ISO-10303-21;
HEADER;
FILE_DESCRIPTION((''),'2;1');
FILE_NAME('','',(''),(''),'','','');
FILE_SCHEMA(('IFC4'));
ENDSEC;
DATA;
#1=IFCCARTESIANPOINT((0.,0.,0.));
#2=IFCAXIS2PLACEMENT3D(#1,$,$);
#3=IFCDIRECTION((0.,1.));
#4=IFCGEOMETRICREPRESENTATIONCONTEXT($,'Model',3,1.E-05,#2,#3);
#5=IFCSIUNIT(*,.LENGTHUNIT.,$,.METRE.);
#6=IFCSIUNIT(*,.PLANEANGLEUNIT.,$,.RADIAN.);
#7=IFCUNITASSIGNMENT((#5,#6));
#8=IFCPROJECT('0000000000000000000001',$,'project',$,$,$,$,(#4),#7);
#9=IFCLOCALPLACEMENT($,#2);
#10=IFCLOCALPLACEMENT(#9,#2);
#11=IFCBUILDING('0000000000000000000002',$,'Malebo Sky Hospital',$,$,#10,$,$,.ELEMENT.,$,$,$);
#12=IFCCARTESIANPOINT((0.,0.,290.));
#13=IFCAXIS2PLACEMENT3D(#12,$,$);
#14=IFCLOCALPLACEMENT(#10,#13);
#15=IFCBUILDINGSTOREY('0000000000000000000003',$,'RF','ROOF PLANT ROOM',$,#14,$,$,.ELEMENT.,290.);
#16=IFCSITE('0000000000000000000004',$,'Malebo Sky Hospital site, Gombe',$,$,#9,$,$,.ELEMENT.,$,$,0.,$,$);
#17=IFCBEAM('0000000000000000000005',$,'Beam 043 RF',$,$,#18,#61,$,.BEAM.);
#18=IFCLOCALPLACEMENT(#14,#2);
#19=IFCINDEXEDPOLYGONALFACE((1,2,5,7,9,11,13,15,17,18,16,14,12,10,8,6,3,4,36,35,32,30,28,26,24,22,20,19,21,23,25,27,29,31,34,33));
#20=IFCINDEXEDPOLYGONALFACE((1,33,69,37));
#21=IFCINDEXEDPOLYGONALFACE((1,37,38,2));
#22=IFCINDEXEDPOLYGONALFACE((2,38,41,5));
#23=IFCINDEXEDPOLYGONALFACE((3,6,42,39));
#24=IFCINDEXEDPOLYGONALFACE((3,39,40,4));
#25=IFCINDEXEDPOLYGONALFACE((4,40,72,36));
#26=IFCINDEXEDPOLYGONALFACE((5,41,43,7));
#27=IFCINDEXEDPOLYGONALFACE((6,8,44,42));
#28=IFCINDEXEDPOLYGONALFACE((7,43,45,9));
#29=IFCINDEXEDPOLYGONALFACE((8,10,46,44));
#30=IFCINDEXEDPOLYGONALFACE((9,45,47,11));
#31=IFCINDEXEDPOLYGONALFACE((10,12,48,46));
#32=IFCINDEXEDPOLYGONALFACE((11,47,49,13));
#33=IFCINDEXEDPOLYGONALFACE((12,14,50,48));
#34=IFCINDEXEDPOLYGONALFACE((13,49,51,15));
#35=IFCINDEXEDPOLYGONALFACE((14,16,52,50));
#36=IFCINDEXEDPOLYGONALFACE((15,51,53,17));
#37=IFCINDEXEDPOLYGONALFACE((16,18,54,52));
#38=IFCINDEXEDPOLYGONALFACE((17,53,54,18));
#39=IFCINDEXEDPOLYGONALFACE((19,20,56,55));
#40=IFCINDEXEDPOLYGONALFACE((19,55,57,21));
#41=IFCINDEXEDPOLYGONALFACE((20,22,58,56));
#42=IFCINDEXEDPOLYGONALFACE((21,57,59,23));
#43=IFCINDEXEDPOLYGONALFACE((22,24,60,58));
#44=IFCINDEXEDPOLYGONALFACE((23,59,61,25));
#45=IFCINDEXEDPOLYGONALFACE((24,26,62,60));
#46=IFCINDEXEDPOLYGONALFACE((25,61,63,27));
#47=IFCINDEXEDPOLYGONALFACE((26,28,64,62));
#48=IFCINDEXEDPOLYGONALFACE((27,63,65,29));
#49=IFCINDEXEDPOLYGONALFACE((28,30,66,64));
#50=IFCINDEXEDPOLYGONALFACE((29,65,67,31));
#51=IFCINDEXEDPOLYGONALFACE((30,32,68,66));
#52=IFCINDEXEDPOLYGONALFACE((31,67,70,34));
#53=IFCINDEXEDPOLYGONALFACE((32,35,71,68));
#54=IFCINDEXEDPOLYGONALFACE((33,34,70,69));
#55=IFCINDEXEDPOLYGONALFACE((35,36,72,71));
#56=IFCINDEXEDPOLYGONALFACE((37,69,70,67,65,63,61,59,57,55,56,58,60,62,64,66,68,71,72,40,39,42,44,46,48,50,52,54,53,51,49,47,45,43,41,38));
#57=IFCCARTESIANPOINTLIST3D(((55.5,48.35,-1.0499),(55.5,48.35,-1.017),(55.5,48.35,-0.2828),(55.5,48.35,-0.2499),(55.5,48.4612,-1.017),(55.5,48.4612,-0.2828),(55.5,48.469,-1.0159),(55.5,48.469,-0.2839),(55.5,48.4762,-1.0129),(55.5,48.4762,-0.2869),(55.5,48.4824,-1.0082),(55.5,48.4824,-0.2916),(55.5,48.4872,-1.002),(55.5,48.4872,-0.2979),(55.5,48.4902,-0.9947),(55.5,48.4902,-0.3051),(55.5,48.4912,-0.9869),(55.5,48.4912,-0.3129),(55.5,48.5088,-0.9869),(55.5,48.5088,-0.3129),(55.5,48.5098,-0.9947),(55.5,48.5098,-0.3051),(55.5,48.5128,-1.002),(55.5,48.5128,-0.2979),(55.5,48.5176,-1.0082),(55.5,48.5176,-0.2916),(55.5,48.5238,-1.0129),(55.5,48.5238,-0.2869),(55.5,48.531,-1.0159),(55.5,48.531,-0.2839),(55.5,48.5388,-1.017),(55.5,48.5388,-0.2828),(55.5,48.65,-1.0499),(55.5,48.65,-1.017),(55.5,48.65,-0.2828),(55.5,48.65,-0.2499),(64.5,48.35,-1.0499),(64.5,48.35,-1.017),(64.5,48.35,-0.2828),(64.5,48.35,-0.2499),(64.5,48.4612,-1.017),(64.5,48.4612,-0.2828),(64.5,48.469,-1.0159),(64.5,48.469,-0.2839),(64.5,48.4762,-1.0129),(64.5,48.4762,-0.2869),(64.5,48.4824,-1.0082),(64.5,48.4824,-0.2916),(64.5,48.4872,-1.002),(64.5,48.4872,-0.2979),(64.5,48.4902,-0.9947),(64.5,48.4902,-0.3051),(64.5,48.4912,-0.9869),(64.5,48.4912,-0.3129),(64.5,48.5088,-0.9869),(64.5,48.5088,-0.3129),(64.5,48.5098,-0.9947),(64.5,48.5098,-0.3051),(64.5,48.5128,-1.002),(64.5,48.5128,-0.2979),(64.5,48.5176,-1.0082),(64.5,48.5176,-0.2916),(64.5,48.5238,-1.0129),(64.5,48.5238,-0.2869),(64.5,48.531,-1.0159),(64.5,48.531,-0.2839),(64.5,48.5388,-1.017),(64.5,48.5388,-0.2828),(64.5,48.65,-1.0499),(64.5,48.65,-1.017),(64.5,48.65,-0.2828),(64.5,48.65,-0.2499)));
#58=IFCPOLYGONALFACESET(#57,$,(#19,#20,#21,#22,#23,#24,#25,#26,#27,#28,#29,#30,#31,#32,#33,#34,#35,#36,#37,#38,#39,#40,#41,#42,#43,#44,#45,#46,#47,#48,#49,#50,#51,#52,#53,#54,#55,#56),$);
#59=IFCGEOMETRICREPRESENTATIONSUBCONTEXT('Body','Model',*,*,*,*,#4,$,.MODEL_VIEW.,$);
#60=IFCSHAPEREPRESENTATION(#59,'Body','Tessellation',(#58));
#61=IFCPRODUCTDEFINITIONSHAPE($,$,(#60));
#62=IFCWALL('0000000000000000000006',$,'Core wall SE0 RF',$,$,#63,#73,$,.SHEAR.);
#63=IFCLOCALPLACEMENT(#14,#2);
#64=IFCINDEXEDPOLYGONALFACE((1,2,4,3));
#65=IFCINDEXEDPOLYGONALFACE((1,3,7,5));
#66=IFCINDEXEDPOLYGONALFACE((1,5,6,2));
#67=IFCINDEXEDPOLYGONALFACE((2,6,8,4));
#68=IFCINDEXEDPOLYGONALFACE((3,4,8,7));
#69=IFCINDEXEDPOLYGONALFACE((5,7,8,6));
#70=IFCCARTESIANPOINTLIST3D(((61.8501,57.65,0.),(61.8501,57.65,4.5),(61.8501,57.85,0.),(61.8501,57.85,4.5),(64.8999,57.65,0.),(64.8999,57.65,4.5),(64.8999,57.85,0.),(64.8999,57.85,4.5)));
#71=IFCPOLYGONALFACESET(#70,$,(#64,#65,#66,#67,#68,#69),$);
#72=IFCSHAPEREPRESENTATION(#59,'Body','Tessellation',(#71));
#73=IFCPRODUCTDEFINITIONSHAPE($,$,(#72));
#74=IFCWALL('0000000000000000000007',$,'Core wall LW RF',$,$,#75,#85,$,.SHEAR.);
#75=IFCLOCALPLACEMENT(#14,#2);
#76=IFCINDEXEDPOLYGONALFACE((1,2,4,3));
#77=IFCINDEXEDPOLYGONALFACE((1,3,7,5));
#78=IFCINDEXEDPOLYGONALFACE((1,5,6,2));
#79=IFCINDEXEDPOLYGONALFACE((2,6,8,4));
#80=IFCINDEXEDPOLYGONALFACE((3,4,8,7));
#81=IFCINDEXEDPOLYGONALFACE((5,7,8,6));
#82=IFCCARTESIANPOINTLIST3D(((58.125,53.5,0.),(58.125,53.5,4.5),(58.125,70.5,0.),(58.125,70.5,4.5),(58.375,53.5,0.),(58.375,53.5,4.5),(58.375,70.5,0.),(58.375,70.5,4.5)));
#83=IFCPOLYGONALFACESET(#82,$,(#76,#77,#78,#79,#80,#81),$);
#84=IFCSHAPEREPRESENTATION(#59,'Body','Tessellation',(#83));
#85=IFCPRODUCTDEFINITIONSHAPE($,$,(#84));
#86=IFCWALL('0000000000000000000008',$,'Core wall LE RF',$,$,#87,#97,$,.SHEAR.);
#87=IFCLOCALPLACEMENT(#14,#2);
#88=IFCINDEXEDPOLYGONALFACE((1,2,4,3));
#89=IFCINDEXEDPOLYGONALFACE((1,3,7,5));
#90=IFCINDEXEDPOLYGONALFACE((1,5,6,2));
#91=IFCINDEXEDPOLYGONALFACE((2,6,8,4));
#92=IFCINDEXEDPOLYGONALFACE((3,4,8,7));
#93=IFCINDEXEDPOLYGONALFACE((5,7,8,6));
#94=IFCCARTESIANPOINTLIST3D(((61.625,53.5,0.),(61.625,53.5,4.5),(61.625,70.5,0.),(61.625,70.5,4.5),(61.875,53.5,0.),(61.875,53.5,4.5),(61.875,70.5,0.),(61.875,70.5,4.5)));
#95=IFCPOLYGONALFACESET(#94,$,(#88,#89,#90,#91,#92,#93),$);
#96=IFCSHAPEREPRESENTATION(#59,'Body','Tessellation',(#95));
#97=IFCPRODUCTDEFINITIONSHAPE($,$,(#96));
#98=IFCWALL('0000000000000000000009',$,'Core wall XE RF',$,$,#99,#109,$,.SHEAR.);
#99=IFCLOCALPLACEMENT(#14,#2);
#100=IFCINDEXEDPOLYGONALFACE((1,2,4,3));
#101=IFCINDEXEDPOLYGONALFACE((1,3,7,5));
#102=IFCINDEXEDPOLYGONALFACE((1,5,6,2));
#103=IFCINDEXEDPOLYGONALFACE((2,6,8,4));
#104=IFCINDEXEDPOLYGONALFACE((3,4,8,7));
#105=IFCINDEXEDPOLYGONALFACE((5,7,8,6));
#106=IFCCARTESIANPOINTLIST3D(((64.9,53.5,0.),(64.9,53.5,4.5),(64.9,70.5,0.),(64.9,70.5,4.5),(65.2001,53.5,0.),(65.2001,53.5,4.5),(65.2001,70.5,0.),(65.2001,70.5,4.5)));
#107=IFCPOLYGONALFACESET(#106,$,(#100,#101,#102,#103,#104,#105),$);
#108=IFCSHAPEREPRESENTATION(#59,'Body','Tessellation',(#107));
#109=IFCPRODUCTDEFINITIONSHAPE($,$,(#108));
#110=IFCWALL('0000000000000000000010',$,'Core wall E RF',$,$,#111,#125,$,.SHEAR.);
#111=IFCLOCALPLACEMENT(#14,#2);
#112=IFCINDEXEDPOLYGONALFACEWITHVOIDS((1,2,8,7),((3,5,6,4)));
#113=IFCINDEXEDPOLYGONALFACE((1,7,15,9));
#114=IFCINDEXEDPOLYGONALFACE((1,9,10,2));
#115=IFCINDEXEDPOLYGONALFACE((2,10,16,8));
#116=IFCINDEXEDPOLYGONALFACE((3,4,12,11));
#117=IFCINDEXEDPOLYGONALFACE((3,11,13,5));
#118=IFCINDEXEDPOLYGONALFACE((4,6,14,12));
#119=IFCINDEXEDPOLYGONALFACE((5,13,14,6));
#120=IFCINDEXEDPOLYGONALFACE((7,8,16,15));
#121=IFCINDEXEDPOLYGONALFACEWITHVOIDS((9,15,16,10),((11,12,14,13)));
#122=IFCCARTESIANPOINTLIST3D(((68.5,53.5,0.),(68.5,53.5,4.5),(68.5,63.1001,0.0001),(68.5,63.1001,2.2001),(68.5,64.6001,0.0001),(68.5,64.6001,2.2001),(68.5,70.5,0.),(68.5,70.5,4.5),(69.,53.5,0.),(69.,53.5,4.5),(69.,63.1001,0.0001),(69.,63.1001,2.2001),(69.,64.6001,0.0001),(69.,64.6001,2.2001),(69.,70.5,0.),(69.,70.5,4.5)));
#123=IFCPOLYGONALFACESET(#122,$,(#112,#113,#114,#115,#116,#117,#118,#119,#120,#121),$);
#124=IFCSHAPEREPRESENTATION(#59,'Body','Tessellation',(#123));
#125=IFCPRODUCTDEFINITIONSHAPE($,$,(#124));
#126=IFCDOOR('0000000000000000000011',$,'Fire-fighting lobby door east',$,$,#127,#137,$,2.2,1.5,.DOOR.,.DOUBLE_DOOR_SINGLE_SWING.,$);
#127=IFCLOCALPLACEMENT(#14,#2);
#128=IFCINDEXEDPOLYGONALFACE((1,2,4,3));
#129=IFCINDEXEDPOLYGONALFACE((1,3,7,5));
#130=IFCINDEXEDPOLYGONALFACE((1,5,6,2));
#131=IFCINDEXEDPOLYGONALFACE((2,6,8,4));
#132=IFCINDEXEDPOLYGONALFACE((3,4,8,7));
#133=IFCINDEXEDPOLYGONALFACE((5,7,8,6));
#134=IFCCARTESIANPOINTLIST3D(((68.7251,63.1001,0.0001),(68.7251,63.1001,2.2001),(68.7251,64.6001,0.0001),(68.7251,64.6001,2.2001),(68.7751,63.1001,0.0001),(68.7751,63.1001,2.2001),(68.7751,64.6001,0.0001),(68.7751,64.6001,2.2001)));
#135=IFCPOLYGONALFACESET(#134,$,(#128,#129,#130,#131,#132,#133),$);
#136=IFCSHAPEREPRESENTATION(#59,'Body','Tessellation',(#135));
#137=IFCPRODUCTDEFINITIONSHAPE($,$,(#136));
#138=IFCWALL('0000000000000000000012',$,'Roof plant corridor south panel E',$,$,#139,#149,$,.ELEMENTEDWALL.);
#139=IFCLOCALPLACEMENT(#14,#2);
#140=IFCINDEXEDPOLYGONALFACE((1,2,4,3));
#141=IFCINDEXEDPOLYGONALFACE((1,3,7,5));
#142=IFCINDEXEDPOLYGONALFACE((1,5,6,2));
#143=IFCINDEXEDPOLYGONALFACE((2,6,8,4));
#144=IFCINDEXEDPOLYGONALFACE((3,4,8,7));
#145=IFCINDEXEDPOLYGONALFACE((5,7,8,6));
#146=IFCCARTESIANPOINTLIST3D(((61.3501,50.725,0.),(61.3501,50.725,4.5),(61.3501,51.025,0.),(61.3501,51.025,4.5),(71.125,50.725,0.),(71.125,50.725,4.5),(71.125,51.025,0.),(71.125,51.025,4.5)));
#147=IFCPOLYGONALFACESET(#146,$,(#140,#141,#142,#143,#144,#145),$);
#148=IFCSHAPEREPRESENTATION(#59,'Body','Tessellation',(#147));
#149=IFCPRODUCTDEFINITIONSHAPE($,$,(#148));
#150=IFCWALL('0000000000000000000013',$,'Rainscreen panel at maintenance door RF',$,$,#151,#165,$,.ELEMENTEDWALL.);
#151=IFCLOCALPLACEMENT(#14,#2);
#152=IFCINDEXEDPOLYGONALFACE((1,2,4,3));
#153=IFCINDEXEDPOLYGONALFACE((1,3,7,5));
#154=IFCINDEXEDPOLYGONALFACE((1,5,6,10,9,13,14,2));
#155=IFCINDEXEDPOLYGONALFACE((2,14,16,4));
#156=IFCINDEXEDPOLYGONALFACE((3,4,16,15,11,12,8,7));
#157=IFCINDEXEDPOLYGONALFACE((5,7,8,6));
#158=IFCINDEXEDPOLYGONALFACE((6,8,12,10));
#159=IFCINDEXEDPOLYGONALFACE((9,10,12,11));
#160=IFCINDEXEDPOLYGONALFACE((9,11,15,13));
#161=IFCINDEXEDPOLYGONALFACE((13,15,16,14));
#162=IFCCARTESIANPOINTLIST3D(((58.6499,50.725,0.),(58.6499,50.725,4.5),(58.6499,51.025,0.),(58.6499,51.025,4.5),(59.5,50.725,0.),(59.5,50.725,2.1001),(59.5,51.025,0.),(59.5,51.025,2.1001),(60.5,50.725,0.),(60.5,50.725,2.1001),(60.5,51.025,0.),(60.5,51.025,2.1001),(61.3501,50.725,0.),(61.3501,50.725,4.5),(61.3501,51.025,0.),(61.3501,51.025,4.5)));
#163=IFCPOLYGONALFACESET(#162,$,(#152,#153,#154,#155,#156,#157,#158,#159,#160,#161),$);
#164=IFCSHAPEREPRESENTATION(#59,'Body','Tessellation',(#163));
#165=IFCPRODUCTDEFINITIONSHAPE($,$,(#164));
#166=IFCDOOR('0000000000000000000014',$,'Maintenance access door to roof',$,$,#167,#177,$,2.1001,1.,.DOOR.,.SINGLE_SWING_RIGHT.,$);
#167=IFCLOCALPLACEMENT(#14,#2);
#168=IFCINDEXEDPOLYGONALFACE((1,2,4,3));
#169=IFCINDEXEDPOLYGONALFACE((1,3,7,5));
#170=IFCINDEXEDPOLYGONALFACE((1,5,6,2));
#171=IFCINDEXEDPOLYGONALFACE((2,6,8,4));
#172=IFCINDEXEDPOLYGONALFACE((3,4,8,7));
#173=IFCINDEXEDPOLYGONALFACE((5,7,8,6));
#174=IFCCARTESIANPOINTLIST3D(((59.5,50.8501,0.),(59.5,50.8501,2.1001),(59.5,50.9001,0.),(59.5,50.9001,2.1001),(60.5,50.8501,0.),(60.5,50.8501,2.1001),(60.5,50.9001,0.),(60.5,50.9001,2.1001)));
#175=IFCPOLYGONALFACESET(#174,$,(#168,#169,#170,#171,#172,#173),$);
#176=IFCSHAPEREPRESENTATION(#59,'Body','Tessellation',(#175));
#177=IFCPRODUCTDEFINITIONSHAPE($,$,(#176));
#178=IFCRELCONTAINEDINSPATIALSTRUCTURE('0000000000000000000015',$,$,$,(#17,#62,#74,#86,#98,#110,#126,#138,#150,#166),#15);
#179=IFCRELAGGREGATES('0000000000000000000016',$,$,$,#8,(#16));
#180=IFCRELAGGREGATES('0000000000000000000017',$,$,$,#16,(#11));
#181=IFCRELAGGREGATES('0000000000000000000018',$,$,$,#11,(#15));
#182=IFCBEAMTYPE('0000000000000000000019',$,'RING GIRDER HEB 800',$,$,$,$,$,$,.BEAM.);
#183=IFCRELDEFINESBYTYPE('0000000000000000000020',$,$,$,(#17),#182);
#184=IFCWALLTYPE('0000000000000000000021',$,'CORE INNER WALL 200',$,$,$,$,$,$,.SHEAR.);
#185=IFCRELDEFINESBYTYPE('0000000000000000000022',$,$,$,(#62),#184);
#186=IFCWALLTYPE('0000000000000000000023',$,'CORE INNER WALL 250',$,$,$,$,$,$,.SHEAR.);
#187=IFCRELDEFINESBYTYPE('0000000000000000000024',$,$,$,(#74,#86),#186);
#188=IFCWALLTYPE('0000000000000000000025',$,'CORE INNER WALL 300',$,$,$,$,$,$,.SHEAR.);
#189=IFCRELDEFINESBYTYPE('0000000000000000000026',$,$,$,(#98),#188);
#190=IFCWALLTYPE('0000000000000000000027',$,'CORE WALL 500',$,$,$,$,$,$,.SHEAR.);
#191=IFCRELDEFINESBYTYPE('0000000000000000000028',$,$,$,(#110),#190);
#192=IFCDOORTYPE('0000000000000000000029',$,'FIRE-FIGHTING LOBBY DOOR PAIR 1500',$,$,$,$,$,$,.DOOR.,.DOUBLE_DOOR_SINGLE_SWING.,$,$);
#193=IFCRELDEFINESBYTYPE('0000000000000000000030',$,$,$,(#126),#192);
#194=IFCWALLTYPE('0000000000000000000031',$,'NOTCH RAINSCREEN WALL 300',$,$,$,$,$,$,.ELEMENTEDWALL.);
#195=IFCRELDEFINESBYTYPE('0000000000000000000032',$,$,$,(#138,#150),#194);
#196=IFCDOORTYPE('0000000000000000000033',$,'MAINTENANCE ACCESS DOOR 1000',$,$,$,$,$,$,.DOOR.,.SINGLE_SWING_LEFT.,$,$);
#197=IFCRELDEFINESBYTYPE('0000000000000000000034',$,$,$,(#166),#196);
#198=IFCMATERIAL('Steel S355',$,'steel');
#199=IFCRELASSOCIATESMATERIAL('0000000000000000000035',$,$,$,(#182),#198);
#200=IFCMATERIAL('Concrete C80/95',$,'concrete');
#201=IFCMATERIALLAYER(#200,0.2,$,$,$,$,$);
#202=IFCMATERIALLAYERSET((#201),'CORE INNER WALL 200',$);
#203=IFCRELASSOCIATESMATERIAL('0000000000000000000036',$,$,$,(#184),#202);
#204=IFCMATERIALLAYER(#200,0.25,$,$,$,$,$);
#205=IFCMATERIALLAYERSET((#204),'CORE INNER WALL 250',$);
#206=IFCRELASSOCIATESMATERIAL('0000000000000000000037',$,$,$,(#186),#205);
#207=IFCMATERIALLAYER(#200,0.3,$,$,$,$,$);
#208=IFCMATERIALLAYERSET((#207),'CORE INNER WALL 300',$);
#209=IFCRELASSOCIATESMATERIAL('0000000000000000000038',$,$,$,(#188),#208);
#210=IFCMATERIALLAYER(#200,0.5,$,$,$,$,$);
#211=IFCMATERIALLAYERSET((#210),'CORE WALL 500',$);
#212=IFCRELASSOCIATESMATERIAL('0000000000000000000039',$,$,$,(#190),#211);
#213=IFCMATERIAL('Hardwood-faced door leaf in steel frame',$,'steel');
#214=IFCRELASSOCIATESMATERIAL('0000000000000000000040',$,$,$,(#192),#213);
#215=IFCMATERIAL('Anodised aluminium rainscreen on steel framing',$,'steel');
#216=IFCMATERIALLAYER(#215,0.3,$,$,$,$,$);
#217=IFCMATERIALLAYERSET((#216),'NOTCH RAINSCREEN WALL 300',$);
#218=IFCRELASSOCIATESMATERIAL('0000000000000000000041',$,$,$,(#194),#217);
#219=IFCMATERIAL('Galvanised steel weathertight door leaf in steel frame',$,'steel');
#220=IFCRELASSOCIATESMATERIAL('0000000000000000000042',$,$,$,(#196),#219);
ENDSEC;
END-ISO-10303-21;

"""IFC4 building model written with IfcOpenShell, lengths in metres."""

from ifc_helpers import new_model, si_unit, direction, frame, frame_2d, origin, origin_2d, place, context, subcontext, project, spatial, rectangle, i_section, extrude, material, layer, layer_set, material_profile, profile_set, type_object, element, fill, save


model = new_model("IFC4")

# Units and contexts
model_context = context("Model", 3, precision=1e-05, world=origin(), true_north=direction((0.0, 1.0)))
body_context = subcontext(model_context, "Body", "Model", "MODEL_VIEW")
ifc_project = project(units=[si_unit("LENGTHUNIT", "METRE"), si_unit("PLANEANGLEUNIT", "RADIAN")], contexts=[model_context])

# Site, building, storey
site_placement = place(None, origin())
site = spatial("IfcSite", under=ifc_project, at=site_placement, Name="Malebo Sky Hospital site, Gombe", CompositionType="ELEMENT", RefElevation=0.0)
building_placement = place(site_placement, origin())
building = spatial("IfcBuilding", under=site, at=building_placement, Name="Malebo Sky Hospital", CompositionType="ELEMENT")
storey_placement = place(building_placement, frame((0.0, 0.0, 290.0)))
storey = spatial("IfcBuildingStorey", under=building, at=storey_placement, Name="RF", Description="ROOF PLANT ROOM", CompositionType="ELEMENT", Elevation=290.0)

# Shared definitions
ifc_material_1 = material(Name="Steel S355", Category="steel")

# Beam
ifc_material_profile_1 = material_profile(ifc_material_1, i_section(OverallWidth=0.3, OverallDepth=0.8, WebThickness=0.0176, FlangeThickness=0.033, FilletRadius=0.03, at=origin_2d()), Name="HEB 800")
ifc_profile_set_1 = profile_set([ifc_material_profile_1], Name="Steel S355")
beam_type_1 = type_object("IfcBeamType", Name="RING GIRDER HEB 800", PredefinedType="BEAM", material=ifc_profile_set_1)
for number, where, z_axis, x_axis, name in (
    (1, (55.5, 48.5, -0.6499), (1.0, 0.0, 0.0), (0.0, 1.0, 0.0), "Beam 043 RF"),
):
    element("IfcBeam", number, at=place(storey_placement, frame(where, z_axis=z_axis, x_axis=x_axis)), inside=storey, type_object=beam_type_1, Name=name, PredefinedType="BEAM", context=body_context, shape_type="SweptSolid", body=[
        extrude(i_section(OverallWidth=0.3, OverallDepth=0.8, WebThickness=0.0176, FlangeThickness=0.033, FilletRadius=0.03, at=origin_2d()), origin(), (0.0, 0.0, 1.0), 9.0),
    ])

# Walls
ifc_material_2 = material(Name="Concrete C80/95", Category="concrete")
ifc_layer_1 = layer(ifc_material_2, 0.2)
ifc_layer_set_1 = layer_set([ifc_layer_1], Name="CORE INNER WALL 200")
wall_type_1 = type_object("IfcWallType", Name="CORE INNER WALL 200", PredefinedType="SHEAR", material=ifc_layer_set_1)
wall_1_placement = place(storey_placement, frame((61.8501, 57.75, 0.0), z_axis=(0.0, 0.0, 1.0), x_axis=(1.0, 0.0, 0.0)))
element("IfcWall", 2, at=wall_1_placement, inside=storey, type_object=wall_type_1, Name="Core wall SE0 RF", PredefinedType="SHEAR", context=body_context, shape_type="SweptSolid", body=[
    extrude(rectangle(XDim=3.0498, YDim=0.2, at=frame_2d((1.5249, 0.0))), origin(), (0.0, 0.0, 1.0), 4.5),
])
ifc_layer_2 = layer(ifc_material_2, 0.25)
ifc_layer_set_2 = layer_set([ifc_layer_2], Name="CORE INNER WALL 250")
wall_type_2 = type_object("IfcWallType", Name="CORE INNER WALL 250", PredefinedType="SHEAR", material=ifc_layer_set_2)
for number, where, z_axis, x_axis, name in (
    (3, (58.25, 53.5, 0.0), (0.0, 0.0, 1.0), (0.0, 1.0, 0.0), "Core wall LW RF"),
    (4, (61.75, 53.5, 0.0), (0.0, 0.0, 1.0), (0.0, 1.0, 0.0), "Core wall LE RF"),
):
    element("IfcWall", number, at=place(storey_placement, frame(where, z_axis=z_axis, x_axis=x_axis)), inside=storey, type_object=wall_type_2, Name=name, PredefinedType="SHEAR", context=body_context, shape_type="SweptSolid", body=[
        extrude(rectangle(XDim=17.0, YDim=0.25, at=frame_2d((8.5, 0.0))), origin(), (0.0, 0.0, 1.0), 4.5),
    ])
ifc_layer_3 = layer(ifc_material_2, 0.3)
ifc_layer_set_3 = layer_set([ifc_layer_3], Name="CORE INNER WALL 300")
wall_type_3 = type_object("IfcWallType", Name="CORE INNER WALL 300", PredefinedType="SHEAR", material=ifc_layer_set_3)
wall_2_placement = place(storey_placement, frame((65.05, 53.5, 0.0), z_axis=(0.0, 0.0, 1.0), x_axis=(0.0, 1.0, 0.0)))
element("IfcWall", 5, at=wall_2_placement, inside=storey, type_object=wall_type_3, Name="Core wall XE RF", PredefinedType="SHEAR", context=body_context, shape_type="SweptSolid", body=[
    extrude(rectangle(XDim=17.0, YDim=0.3, at=frame_2d((8.5, 0.0))), origin(), (0.0, 0.0, 1.0), 4.5),
])

# Wall, opening, door
ifc_layer_4 = layer(ifc_material_2, 0.5)
ifc_layer_set_4 = layer_set([ifc_layer_4], Name="CORE WALL 500")
wall_type_4 = type_object("IfcWallType", Name="CORE WALL 500", PredefinedType="SHEAR", material=ifc_layer_set_4)
wall_3_placement = place(storey_placement, frame((68.75, 53.5, 0.0), z_axis=(0.0, 0.0, 1.0), x_axis=(0.0, 1.0, 0.0)))
wall_3 = element("IfcWall", 6, at=wall_3_placement, inside=storey, type_object=wall_type_4, Name="Core wall E RF", PredefinedType="SHEAR", context=body_context, shape_type="SweptSolid", body=[
    extrude(rectangle(XDim=17.0, YDim=0.5, at=frame_2d((8.5, 0.0))), origin(), (0.0, 0.0, 1.0), 4.5),
])
opening_1_placement = place(wall_3_placement, frame((9.6001, 0.0, 0.0)))
opening_1 = element("IfcOpeningElement", 7, at=opening_1_placement, cuts=wall_3, PredefinedType="OPENING", context=body_context, shape_type="SweptSolid", body=[
    extrude(rectangle(XDim=1.5, YDim=2.2, at=frame_2d((0.75, 1.1001))), frame((0.0, 0.26, 0.0), z_axis=(0.0, -1.0, 0.0), x_axis=(1.0, 0.0, 0.0)), (0.0, 0.0, 1.0), 0.52),
])
ifc_material_3 = material(Name="Hardwood-faced door leaf in steel frame", Category="steel")
door_type_1 = type_object("IfcDoorType", Name="FIRE-FIGHTING LOBBY DOOR PAIR 1500", OperationType="DOUBLE_DOOR_SINGLE_SWING", PredefinedType="DOOR", material=ifc_material_3)
door_1_placement = place(opening_1_placement, origin())
door_1 = element("IfcDoor", 8, at=door_1_placement, inside=storey, type_object=door_type_1, Name="Fire-fighting lobby door east", OperationType="DOUBLE_DOOR_SINGLE_SWING", OverallHeight=2.2, OverallWidth=1.5, PredefinedType="DOOR", context=body_context, shape_type="SweptSolid", body=[
    extrude(rectangle(XDim=1.5, YDim=2.2, at=frame_2d((0.75, 1.1001))), frame((0.0, 0.0249, 0.0), z_axis=(0.0, -1.0, 0.0), x_axis=(1.0, 0.0, 0.0)), (0.0, 0.0, 1.0), 0.05),
])
fill(opening_1, door_1)

# Wall
ifc_material_4 = material(Name="Anodised aluminium rainscreen on steel framing", Category="steel")
ifc_layer_5 = layer(ifc_material_4, 0.3)
ifc_layer_set_5 = layer_set([ifc_layer_5], Name="NOTCH RAINSCREEN WALL 300")
wall_type_5 = type_object("IfcWallType", Name="NOTCH RAINSCREEN WALL 300", PredefinedType="ELEMENTEDWALL", material=ifc_layer_set_5)
wall_4_placement = place(storey_placement, frame((71.125, 50.875, 0.0), z_axis=(0.0, 0.0, 1.0), x_axis=(-1.0, 0.0, 0.0)))
element("IfcWall", 9, at=wall_4_placement, inside=storey, type_object=wall_type_5, Name="Roof plant corridor south panel E", PredefinedType="ELEMENTEDWALL", context=body_context, shape_type="SweptSolid", body=[
    extrude(rectangle(XDim=9.7749, YDim=0.3, at=frame_2d((4.8875, 0.0))), origin(), (0.0, 0.0, 1.0), 4.5),
])

# Wall, opening, door
wall_5_placement = place(storey_placement, frame((58.6499, 50.875, 0.0), z_axis=(0.0, 0.0, 1.0), x_axis=(1.0, 0.0, 0.0)))
wall_5 = element("IfcWall", 10, at=wall_5_placement, inside=storey, type_object=wall_type_5, Name="Rainscreen panel at maintenance door RF", PredefinedType="ELEMENTEDWALL", context=body_context, shape_type="SweptSolid", body=[
    extrude(rectangle(XDim=2.7002, YDim=0.3, at=frame_2d((1.3501, 0.0))), origin(), (0.0, 0.0, 1.0), 4.5),
])
opening_2_placement = place(wall_5_placement, frame((0.8501, 0.0, 0.0)))
opening_2 = element("IfcOpeningElement", 11, at=opening_2_placement, cuts=wall_5, PredefinedType="OPENING", context=body_context, shape_type="SweptSolid", body=[
    extrude(rectangle(XDim=1.0, YDim=2.1001, at=frame_2d((0.5, 1.05))), frame((0.0, 0.1599, 0.0), z_axis=(0.0, -1.0, 0.0), x_axis=(1.0, 0.0, 0.0)), (0.0, 0.0, 1.0), 0.3201),
])
ifc_material_5 = material(Name="Galvanised steel weathertight door leaf in steel frame", Category="steel")
door_type_2 = type_object("IfcDoorType", Name="MAINTENANCE ACCESS DOOR 1000", OperationType="SINGLE_SWING_LEFT", PredefinedType="DOOR", material=ifc_material_5)
door_2_placement = place(opening_2_placement, frame((1.0, 0.0, 0.0), z_axis=(0.0, 0.0, 1.0), x_axis=(-1.0, 0.0, 0.0)))
door_2 = element("IfcDoor", 12, at=door_2_placement, inside=storey, type_object=door_type_2, Name="Maintenance access door to roof", OperationType="SINGLE_SWING_RIGHT", OverallHeight=2.1001, OverallWidth=1.0, PredefinedType="DOOR", context=body_context, shape_type="SweptSolid", body=[
    extrude(rectangle(XDim=1.0, YDim=2.1001, at=frame_2d((0.5, 1.05))), frame((0.0, 0.0249, 0.0), z_axis=(0.0, -1.0, 0.0), x_axis=(1.0, 0.0, 0.0)), (0.0, 0.0, 1.0), 0.05),
])
fill(opening_2, door_2)

save(model, "model.ifc")
